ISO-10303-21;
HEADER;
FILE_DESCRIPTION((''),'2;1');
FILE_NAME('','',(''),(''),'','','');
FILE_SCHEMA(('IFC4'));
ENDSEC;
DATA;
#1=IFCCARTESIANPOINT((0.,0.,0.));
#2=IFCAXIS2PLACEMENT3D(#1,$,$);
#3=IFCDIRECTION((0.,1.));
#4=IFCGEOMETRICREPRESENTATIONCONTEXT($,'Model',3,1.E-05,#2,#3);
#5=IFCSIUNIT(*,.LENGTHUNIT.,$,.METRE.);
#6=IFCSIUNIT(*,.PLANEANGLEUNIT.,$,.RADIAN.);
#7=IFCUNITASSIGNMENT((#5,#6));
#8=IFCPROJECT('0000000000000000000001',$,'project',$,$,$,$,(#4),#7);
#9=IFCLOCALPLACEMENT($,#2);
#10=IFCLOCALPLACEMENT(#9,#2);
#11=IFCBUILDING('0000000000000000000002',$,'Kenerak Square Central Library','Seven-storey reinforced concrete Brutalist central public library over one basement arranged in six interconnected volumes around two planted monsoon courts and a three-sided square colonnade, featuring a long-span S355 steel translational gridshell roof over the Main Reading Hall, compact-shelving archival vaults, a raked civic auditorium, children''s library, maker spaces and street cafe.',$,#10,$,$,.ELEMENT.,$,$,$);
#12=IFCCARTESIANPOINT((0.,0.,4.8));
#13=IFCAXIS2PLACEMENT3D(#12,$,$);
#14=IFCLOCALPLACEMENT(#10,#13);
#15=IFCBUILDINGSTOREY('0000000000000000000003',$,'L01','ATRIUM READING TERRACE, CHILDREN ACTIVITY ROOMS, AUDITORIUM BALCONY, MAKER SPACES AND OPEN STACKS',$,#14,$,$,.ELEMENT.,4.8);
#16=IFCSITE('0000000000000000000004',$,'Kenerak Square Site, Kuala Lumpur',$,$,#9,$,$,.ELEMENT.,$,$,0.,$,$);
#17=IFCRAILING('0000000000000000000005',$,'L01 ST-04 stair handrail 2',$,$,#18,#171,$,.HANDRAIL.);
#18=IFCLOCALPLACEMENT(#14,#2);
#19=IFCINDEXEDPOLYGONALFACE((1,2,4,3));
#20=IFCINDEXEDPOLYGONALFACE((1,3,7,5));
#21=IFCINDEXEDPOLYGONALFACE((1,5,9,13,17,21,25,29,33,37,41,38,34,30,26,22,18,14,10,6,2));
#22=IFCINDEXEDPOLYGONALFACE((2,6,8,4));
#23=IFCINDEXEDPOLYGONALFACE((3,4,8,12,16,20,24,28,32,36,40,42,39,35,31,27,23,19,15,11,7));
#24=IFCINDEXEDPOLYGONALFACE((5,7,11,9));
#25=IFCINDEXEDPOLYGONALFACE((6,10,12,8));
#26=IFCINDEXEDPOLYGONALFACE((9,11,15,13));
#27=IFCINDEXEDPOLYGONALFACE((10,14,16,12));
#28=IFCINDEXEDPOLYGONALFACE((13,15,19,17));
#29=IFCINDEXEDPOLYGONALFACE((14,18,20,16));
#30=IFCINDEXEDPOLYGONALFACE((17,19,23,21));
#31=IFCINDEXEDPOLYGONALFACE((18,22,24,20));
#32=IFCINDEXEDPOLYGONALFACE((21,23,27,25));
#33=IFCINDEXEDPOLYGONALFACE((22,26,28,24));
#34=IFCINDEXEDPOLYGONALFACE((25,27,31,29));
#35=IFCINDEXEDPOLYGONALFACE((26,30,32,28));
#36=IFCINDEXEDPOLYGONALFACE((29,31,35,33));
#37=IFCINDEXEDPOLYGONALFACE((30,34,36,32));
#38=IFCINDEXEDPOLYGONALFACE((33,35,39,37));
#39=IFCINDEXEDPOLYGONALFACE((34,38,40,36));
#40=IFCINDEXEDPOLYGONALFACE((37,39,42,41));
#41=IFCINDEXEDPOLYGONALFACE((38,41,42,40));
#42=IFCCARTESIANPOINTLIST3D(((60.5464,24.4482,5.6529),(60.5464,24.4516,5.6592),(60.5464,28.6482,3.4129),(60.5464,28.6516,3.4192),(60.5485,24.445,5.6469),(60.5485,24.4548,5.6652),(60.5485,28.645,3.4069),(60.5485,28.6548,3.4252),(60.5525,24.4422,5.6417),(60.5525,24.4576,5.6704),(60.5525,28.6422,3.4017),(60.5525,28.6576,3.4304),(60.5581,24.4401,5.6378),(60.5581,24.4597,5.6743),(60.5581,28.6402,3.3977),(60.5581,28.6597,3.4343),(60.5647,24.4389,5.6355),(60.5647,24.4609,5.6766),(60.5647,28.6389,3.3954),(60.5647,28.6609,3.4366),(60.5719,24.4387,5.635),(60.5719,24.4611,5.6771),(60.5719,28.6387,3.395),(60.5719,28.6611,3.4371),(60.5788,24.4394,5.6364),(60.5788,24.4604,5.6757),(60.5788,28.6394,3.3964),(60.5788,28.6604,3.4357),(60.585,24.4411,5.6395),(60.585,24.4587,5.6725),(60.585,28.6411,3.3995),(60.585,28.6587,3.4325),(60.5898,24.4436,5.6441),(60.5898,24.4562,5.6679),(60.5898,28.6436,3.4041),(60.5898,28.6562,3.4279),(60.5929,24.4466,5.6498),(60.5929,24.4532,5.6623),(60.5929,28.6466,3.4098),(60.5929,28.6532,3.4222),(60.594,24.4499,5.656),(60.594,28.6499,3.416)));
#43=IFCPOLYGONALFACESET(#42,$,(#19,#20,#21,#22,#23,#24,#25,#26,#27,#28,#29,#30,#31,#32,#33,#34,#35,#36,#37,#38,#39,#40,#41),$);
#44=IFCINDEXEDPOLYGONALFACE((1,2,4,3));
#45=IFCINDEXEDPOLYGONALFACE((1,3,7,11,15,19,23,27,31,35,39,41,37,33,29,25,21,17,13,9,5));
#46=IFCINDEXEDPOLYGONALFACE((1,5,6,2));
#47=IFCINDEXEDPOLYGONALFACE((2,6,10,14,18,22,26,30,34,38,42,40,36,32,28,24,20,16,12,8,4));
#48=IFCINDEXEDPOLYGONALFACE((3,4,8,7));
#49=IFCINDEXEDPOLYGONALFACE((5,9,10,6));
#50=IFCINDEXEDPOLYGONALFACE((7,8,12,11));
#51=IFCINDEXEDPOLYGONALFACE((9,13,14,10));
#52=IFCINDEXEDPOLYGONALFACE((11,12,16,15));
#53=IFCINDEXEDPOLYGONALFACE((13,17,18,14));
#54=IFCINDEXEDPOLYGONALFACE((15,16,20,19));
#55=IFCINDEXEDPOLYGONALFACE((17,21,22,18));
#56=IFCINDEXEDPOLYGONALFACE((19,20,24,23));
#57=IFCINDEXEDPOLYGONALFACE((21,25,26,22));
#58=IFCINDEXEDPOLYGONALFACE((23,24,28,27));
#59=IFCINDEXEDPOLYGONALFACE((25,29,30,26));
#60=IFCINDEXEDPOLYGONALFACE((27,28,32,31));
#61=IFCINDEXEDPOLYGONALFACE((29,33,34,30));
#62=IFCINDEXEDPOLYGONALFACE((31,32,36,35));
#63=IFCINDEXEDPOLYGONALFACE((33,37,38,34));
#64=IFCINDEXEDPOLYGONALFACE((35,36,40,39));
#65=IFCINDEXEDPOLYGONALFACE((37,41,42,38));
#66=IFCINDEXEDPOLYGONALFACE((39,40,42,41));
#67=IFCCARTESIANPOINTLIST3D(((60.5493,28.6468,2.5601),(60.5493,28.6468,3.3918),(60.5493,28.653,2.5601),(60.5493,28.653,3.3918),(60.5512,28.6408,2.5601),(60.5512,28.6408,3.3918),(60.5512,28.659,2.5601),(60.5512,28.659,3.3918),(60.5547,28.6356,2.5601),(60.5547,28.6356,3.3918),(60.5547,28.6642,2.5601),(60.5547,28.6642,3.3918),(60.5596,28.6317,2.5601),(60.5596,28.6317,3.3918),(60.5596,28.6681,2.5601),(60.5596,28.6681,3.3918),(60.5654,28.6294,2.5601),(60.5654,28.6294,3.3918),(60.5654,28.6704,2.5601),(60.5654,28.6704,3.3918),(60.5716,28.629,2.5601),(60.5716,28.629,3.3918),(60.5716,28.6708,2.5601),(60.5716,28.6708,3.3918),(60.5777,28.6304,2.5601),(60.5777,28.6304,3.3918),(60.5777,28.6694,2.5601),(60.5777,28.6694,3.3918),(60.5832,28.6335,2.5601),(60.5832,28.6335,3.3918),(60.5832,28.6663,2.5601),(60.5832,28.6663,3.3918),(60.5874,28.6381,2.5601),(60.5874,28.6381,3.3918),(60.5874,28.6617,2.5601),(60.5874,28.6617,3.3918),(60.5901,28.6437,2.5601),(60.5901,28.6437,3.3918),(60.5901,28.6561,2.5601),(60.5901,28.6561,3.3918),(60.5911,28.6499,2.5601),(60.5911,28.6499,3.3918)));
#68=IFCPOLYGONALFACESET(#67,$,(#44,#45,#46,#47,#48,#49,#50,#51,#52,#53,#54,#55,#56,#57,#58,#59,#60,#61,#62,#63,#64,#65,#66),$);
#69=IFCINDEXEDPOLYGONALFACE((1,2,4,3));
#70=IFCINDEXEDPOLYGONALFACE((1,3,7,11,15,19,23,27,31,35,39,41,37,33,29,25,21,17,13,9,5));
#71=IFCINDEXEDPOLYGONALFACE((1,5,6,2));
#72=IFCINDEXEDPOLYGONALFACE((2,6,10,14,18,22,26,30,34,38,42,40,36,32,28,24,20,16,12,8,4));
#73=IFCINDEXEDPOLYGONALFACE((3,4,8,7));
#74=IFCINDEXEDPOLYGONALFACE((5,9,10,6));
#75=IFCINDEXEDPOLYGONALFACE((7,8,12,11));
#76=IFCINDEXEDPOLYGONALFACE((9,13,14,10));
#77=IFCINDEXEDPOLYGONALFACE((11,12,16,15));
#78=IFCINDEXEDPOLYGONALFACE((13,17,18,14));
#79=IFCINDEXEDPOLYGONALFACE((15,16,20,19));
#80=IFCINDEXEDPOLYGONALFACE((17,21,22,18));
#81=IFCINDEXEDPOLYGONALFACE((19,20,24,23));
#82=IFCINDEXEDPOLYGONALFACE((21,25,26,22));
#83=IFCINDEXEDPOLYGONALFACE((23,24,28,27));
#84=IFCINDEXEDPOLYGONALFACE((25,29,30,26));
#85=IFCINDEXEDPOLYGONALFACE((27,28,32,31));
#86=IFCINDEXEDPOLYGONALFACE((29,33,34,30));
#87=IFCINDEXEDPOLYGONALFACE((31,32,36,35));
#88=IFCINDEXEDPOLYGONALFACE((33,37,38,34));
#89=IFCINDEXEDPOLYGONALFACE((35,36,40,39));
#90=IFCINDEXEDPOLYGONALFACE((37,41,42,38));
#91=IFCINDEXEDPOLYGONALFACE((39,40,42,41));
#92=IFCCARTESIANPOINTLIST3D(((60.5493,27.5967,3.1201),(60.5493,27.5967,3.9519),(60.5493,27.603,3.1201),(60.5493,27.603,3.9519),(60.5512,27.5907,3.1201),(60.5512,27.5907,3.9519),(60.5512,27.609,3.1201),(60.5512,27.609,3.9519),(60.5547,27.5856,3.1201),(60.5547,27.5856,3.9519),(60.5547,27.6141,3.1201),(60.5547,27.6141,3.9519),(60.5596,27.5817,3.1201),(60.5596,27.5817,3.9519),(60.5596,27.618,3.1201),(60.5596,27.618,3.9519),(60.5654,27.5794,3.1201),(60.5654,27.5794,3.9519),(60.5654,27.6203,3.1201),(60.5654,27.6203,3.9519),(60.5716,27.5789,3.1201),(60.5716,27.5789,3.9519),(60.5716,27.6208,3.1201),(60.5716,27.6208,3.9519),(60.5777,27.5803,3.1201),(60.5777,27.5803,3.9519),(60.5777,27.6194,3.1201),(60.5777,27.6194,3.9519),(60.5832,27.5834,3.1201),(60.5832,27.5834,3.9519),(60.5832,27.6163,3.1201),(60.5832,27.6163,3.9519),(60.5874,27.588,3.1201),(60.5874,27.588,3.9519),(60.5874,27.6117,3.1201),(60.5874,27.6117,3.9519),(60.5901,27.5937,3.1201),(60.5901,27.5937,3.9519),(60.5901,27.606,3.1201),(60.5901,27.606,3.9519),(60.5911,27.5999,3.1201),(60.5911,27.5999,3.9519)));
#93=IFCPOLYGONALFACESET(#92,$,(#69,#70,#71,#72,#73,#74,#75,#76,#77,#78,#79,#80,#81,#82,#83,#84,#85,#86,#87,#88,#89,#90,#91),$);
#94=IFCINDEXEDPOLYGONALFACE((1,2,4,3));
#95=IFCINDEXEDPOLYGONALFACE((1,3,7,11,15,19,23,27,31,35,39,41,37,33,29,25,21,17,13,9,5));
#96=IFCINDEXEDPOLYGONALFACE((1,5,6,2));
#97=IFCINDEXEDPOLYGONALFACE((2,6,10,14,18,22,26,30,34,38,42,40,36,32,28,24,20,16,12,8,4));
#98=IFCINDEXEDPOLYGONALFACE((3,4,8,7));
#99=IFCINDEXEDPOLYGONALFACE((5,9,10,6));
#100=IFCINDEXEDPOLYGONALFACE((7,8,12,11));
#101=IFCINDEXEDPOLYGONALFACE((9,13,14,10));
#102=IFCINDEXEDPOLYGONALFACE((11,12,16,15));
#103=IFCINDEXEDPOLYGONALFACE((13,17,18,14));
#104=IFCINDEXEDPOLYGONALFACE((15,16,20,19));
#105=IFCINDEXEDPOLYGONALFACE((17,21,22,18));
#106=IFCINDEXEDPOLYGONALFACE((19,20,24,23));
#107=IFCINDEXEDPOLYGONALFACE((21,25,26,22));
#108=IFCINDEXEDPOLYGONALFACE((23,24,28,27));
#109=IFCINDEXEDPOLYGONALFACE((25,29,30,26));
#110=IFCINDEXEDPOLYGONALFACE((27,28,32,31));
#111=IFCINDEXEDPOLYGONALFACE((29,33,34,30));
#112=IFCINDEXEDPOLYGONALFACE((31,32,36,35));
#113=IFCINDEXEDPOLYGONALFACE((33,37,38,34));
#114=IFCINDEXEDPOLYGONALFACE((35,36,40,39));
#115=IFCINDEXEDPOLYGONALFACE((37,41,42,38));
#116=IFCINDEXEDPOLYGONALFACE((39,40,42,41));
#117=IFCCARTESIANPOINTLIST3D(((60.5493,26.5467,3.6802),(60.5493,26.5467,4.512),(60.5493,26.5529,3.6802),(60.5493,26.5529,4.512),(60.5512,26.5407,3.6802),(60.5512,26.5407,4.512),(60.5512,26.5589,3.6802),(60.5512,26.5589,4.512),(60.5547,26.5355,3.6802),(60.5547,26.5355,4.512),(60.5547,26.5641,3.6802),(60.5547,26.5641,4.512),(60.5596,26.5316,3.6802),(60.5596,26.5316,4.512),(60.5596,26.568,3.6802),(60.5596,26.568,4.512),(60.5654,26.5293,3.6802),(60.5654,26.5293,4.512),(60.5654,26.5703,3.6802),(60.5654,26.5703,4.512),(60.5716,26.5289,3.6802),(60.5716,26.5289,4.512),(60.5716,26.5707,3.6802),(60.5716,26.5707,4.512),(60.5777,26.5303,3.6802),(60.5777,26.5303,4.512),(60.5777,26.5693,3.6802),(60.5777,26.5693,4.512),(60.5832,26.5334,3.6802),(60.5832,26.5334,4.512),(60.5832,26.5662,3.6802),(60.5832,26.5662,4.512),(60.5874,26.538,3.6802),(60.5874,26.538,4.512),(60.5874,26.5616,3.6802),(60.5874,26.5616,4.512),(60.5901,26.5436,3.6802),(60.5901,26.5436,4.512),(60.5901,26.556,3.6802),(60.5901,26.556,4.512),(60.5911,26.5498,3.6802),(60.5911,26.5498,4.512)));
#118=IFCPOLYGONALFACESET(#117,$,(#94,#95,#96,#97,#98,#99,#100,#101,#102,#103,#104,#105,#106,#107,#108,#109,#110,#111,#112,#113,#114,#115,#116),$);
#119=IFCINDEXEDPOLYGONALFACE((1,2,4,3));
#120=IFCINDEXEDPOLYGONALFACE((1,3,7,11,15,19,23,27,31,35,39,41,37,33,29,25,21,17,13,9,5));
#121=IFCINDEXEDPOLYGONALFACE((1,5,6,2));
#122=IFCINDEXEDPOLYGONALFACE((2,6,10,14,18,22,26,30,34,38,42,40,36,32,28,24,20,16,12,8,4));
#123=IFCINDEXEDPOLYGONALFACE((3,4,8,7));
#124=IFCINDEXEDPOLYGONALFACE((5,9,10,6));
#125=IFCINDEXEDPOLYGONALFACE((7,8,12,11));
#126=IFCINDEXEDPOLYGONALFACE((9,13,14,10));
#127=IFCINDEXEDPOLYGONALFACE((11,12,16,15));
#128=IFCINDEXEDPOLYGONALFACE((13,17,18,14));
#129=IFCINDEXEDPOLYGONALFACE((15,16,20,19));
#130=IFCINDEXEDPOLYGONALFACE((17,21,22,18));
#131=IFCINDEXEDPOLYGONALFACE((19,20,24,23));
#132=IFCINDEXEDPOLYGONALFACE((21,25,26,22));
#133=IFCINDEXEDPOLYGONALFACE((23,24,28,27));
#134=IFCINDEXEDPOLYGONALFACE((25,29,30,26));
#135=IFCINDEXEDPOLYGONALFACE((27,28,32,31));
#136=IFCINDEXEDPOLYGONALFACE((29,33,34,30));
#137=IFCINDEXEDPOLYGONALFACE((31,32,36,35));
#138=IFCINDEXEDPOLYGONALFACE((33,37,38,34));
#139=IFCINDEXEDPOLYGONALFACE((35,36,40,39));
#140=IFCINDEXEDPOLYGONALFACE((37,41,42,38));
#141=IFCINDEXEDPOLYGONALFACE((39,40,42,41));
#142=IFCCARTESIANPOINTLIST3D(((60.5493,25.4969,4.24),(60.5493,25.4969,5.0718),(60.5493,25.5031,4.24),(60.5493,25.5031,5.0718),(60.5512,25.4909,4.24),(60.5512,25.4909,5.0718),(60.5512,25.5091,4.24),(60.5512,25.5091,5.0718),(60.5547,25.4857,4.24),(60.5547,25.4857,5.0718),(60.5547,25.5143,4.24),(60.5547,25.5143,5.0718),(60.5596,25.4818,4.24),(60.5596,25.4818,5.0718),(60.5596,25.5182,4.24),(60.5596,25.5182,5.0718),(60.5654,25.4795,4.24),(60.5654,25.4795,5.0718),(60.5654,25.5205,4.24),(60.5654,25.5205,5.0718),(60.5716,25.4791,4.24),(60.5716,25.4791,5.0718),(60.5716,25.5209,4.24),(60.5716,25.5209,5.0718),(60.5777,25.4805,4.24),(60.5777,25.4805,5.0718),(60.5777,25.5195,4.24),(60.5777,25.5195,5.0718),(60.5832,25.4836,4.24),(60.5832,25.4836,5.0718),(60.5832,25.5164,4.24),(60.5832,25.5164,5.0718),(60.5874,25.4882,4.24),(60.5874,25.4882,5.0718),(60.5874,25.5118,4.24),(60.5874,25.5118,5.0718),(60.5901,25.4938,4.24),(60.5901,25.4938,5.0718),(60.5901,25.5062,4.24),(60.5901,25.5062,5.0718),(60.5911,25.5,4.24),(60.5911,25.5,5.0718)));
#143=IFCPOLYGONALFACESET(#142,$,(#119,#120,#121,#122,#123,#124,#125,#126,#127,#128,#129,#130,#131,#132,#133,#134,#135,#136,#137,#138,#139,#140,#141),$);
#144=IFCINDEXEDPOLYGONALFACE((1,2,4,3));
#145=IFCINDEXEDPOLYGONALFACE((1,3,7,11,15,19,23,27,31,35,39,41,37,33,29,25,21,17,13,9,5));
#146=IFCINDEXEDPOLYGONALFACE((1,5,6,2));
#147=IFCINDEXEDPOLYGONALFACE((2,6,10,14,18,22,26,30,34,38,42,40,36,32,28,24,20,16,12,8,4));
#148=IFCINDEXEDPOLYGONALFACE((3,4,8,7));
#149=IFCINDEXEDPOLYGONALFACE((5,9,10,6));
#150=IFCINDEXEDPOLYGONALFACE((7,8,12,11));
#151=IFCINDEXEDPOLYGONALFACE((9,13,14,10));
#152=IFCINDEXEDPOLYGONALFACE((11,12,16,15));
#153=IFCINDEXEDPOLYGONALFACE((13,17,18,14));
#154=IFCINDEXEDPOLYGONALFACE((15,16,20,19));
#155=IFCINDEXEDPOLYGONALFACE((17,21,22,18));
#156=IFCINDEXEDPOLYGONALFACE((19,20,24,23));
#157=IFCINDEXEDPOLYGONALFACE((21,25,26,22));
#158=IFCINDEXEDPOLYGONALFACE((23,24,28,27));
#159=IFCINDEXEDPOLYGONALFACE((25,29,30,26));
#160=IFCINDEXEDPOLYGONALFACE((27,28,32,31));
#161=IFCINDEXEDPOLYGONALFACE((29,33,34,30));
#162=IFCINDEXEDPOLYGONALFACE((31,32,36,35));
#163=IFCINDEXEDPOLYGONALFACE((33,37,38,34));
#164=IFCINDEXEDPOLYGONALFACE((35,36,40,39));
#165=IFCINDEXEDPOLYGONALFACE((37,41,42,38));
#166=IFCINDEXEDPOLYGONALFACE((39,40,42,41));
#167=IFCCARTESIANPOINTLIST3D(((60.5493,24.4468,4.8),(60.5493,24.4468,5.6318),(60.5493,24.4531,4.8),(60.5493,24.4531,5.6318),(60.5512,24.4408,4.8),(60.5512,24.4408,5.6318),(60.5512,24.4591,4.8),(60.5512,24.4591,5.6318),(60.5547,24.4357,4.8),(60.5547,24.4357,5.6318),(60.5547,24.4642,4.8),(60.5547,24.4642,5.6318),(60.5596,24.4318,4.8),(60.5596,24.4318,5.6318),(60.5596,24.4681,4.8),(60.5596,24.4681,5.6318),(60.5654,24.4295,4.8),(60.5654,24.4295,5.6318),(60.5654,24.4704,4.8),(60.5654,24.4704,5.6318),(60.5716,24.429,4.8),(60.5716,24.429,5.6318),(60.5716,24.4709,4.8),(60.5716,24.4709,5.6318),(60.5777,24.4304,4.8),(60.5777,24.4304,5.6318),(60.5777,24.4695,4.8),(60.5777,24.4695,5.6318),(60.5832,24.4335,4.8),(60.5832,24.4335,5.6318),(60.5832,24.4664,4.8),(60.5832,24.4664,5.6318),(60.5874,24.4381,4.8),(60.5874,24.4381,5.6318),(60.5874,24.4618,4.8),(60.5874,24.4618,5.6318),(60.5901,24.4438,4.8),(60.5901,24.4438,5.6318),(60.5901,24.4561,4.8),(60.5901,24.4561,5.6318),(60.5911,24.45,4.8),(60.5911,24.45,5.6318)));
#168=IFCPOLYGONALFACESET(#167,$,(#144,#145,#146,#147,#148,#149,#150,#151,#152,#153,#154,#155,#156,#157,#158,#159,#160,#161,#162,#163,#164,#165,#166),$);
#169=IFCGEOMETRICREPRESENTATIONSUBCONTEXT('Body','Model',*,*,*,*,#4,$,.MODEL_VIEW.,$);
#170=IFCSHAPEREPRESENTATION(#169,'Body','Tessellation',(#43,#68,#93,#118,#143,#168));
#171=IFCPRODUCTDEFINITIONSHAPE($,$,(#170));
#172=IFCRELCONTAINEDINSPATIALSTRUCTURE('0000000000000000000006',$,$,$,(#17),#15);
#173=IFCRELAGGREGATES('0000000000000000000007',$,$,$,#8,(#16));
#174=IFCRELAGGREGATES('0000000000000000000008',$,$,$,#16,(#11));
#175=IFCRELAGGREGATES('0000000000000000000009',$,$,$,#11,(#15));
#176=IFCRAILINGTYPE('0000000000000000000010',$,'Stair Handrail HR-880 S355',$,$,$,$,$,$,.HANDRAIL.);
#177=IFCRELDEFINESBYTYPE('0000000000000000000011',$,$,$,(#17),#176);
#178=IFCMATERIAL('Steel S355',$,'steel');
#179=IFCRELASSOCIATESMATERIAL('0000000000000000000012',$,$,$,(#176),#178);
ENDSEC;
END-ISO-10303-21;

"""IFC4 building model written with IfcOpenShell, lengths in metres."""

from ifc_helpers import new_model, si_unit, direction, frame, origin, origin_2d, place, context, subcontext, project, spatial, circle, extrude, material, type_object, element, save


model = new_model("IFC4")

# Units and contexts
model_context = context("Model", 3, precision=1e-05, world=origin(), true_north=direction((0.0, 1.0)))
body_context = subcontext(model_context, "Body", "Model", "MODEL_VIEW")
ifc_project = project(units=[si_unit("LENGTHUNIT", "METRE"), si_unit("PLANEANGLEUNIT", "RADIAN")], contexts=[model_context])

# Site, building, storey
site_placement = place(None, origin())
site = spatial("IfcSite", under=ifc_project, at=site_placement, Name="Kenerak Square Site, Kuala Lumpur", CompositionType="ELEMENT", RefElevation=0.0)
building_placement = place(site_placement, origin())
building = spatial("IfcBuilding", under=site, at=building_placement, Name="Kenerak Square Central Library", Description="Seven-storey reinforced concrete Brutalist central public library over one basement arranged in six interconnected volumes around two planted monsoon courts and a three-sided square colonnade, featuring a long-span S355 steel translational gridshell roof over the Main Reading Hall, compact-shelving archival vaults, a raked civic auditorium, children's library, maker spaces and street cafe.", CompositionType="ELEMENT")
storey_placement = place(building_placement, frame((0.0, 0.0, 4.8)))
storey = spatial("IfcBuildingStorey", under=building, at=storey_placement, Name="L01", Description="ATRIUM READING TERRACE, CHILDREN ACTIVITY ROOMS, AUDITORIUM BALCONY, MAKER SPACES AND OPEN STACKS", CompositionType="ELEMENT", Elevation=4.8)

# Shared definitions
ifc_material_1 = material(Name="Steel S355", Category="steel")

# Railing
railing_type_1 = type_object("IfcRailingType", Name="Stair Handrail HR-880 S355", PredefinedType="HANDRAIL", material=ifc_material_1)
railing_1_placement = place(storey_placement, frame((60.5701, 28.6499, 2.5601)))
element("IfcRailing", 1, at=railing_1_placement, inside=storey, type_object=railing_type_1, Name="L01 ST-04 stair handrail 2", PredefinedType="HANDRAIL", context=body_context, shape_type="SweptSolid", body=[
    extrude(circle(Radius=0.0239, at=origin_2d()), frame((0.0, 0.0, 0.856), z_axis=(0.0, -0.882352, 0.470591), x_axis=(1.0, 0.0, 0.0)), (0.0, 0.0, 1.0), 4.76),
    extrude(circle(Radius=0.021, at=origin_2d()), origin(), (0.0, 0.0, 1.0), 0.8318),
    extrude(circle(Radius=0.021, at=origin_2d()), frame((0.0, -1.05, 0.5601)), (0.0, 0.0, 1.0), 0.8318),
    extrude(circle(Radius=0.021, at=origin_2d()), frame((0.0, -2.1001, 1.1201)), (0.0, 0.0, 1.0), 0.8318),
    extrude(circle(Radius=0.021, at=origin_2d()), frame((0.0, -3.1499, 1.6799)), (0.0, 0.0, 1.0), 0.8318),
    extrude(circle(Radius=0.021, at=origin_2d()), frame((0.0, -4.2, 2.24)), (0.0, 0.0, 1.0), 0.8318),
])

save(model, "model.ifc")
